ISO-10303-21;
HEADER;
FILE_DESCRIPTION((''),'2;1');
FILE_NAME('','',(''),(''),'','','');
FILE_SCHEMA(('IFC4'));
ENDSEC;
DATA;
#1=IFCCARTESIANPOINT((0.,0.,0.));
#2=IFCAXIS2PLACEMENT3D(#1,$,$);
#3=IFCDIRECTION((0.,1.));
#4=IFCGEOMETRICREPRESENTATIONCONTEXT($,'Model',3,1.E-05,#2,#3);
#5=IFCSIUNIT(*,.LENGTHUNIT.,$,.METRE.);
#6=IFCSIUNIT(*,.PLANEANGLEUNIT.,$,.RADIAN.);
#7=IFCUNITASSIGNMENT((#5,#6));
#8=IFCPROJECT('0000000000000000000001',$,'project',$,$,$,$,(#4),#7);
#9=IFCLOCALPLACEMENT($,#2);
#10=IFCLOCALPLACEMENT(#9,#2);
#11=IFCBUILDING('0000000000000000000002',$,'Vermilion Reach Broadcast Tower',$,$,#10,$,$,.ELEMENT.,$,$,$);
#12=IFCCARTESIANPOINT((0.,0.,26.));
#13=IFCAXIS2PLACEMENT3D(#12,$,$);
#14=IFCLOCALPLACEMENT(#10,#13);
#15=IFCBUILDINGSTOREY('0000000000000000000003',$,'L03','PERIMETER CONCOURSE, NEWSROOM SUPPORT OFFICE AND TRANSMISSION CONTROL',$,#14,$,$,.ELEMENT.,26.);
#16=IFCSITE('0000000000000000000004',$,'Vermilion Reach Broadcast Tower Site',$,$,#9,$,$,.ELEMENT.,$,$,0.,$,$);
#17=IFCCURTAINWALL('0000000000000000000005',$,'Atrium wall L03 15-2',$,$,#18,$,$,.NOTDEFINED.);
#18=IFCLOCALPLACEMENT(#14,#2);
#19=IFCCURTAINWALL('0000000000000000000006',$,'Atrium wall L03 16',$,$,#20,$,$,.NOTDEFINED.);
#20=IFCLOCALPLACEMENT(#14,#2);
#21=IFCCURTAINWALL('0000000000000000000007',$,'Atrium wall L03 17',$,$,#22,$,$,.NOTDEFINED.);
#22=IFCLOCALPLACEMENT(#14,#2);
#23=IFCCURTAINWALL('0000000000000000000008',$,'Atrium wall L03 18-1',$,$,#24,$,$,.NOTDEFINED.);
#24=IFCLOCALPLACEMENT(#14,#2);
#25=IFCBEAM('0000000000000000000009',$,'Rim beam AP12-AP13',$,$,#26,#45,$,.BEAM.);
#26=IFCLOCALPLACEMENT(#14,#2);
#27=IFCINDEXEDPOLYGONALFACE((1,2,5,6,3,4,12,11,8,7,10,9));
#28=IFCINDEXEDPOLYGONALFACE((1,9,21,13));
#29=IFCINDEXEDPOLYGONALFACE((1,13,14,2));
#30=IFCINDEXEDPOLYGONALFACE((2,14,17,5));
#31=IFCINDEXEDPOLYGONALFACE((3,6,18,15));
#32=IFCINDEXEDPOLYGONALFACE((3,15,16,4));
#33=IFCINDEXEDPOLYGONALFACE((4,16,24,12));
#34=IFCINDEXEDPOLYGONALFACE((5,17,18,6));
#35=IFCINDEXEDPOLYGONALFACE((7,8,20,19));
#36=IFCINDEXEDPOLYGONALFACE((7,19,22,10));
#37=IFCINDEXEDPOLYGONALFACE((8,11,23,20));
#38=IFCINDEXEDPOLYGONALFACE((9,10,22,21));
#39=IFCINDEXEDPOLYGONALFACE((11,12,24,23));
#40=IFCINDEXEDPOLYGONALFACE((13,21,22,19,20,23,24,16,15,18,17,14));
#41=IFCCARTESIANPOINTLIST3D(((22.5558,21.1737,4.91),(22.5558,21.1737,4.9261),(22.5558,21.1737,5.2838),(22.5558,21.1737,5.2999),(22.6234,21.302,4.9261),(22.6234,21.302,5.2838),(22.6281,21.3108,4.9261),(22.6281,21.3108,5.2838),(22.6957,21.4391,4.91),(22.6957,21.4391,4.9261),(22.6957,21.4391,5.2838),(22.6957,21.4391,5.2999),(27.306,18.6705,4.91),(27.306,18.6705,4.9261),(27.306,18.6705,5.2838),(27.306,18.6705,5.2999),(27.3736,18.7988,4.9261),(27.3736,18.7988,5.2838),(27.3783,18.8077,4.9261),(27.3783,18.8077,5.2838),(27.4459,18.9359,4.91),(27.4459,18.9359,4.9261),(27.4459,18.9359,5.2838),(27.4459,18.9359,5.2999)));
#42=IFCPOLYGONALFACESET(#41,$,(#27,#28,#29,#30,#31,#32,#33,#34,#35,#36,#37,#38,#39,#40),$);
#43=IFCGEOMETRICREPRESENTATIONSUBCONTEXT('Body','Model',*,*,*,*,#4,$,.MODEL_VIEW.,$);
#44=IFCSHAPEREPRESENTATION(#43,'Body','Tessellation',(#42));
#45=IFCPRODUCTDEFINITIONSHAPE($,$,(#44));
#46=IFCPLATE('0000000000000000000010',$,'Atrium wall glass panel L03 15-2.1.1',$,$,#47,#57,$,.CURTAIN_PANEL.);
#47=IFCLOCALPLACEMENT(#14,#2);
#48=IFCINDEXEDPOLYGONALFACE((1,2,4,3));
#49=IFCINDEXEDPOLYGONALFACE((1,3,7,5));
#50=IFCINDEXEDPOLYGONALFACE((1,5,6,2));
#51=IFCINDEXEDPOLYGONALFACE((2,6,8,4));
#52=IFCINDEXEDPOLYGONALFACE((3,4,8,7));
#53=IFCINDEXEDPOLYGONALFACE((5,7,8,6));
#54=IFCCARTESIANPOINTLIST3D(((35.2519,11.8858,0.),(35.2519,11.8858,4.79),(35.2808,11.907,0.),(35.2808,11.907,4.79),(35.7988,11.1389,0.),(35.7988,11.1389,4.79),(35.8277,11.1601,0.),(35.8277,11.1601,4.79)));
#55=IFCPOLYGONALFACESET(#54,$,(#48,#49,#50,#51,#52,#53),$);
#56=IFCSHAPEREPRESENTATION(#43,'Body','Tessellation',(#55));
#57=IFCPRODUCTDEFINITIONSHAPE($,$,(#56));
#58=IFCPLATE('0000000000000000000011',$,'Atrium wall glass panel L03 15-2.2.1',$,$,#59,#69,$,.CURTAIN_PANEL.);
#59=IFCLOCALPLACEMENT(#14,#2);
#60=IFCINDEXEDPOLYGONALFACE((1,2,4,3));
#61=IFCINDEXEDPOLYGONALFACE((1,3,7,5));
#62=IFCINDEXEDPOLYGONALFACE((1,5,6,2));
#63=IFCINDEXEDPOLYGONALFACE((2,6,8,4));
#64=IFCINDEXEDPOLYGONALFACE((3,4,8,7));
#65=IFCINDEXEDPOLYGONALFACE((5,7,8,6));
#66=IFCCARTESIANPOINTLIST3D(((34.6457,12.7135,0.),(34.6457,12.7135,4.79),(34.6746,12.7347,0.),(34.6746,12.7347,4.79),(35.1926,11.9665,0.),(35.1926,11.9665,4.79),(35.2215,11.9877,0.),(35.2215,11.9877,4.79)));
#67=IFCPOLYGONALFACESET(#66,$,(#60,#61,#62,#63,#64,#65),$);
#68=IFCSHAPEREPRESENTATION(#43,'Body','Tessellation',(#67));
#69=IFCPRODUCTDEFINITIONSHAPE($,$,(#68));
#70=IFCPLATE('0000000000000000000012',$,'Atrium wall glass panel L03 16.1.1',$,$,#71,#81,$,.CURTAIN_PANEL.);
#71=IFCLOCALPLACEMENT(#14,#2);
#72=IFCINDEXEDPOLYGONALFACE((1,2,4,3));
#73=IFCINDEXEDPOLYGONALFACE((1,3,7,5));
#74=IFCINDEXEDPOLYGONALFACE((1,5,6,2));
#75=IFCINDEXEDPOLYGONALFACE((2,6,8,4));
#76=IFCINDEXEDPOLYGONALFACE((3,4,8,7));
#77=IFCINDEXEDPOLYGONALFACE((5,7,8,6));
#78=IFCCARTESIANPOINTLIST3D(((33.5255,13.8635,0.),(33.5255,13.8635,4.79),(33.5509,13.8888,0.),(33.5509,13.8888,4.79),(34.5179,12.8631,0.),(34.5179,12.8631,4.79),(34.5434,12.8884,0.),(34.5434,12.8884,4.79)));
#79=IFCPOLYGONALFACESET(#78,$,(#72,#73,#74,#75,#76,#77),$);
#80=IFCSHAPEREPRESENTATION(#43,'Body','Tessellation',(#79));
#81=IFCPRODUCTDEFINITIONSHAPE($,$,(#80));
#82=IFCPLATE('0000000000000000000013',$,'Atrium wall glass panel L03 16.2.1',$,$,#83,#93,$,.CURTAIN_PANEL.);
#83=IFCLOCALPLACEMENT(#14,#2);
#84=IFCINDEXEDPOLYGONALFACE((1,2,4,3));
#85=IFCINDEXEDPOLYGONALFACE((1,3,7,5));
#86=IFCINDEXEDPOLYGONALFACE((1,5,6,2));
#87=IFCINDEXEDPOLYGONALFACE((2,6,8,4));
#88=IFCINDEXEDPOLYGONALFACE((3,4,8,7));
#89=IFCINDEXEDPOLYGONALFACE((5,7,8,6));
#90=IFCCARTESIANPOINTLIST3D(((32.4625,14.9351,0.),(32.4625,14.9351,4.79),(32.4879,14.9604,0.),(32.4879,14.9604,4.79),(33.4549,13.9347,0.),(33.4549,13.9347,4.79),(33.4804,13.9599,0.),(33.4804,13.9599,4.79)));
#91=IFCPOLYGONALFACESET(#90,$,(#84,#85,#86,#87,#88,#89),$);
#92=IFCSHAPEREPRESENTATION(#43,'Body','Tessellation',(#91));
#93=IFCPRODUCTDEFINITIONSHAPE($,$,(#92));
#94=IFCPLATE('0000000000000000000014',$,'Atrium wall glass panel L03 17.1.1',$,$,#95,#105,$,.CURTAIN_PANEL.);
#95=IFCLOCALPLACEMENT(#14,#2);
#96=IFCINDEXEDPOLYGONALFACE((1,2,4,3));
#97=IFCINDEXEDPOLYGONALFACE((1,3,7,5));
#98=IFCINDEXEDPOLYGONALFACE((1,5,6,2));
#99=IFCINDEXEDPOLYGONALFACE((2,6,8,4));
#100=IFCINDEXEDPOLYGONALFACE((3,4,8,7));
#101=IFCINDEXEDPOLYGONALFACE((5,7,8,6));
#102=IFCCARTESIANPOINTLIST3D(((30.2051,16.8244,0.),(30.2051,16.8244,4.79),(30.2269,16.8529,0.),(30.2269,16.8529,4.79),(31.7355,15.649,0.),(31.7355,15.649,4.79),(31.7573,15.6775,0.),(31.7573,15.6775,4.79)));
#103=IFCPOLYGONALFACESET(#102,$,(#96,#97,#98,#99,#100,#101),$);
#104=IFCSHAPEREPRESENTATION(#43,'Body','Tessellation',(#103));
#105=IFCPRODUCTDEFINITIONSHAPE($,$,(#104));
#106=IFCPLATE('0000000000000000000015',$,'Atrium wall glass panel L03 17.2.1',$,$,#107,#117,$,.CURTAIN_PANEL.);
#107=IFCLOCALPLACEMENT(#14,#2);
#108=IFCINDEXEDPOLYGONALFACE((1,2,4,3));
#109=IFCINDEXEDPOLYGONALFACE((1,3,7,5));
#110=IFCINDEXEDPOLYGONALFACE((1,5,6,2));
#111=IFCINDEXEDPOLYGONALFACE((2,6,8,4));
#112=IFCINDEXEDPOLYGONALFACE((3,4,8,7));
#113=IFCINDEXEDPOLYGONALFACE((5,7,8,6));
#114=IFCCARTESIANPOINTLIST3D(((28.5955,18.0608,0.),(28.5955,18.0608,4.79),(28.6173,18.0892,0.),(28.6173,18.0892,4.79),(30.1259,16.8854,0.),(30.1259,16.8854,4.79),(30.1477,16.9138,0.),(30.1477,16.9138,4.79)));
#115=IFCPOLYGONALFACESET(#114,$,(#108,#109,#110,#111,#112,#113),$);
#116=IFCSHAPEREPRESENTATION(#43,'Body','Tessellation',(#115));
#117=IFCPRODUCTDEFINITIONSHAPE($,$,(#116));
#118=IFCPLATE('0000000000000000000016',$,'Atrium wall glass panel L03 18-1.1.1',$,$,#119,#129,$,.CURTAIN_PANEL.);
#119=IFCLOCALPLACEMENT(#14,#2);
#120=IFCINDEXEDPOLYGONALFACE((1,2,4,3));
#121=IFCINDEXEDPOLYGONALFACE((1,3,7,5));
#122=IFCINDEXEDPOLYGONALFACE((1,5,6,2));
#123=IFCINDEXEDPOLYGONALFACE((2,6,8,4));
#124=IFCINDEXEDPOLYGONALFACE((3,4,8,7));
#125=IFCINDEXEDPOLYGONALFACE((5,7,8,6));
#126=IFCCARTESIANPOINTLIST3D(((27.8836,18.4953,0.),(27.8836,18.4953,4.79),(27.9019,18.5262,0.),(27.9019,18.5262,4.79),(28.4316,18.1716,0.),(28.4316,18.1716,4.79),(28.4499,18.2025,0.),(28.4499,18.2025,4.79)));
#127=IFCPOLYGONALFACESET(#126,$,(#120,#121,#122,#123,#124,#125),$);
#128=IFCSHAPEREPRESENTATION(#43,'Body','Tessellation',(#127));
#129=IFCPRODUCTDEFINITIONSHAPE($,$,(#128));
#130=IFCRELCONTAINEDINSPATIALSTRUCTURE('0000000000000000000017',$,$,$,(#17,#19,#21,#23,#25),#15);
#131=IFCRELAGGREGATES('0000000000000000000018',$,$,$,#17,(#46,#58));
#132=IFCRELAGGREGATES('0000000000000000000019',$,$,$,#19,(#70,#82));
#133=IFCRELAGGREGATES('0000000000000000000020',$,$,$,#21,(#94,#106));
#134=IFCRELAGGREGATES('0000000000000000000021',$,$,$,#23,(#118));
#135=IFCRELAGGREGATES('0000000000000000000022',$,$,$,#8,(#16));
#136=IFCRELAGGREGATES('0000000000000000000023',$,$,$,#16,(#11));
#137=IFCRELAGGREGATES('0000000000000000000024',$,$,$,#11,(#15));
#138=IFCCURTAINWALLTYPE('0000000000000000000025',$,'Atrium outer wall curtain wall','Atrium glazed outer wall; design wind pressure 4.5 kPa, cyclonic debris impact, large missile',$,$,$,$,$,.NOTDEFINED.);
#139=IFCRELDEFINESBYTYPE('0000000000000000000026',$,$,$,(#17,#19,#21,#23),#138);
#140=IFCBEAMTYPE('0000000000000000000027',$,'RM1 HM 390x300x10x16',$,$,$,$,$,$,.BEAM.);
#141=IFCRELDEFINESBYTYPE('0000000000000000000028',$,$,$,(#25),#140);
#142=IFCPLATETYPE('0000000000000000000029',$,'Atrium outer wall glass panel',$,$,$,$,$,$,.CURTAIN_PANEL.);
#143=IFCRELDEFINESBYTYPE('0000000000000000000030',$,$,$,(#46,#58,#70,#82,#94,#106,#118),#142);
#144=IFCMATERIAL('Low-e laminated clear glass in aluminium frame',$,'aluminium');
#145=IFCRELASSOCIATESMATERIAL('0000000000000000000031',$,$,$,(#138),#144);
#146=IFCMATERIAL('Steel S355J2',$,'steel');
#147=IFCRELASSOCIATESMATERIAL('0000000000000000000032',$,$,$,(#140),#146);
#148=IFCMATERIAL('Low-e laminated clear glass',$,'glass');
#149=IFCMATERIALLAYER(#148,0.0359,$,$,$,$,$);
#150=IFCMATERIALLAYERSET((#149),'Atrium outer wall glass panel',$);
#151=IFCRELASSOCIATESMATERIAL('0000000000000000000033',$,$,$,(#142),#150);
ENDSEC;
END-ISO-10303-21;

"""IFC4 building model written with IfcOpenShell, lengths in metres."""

from ifc_helpers import new_model, si_unit, direction, frame, origin, origin_2d, place, context, subcontext, project, spatial, rectangle, i_section, extrude, material, layer, layer_set, material_profile, profile_set, type_object, element, aggregate, save


model = new_model("IFC4")

# Units and contexts
model_context = context("Model", 3, precision=1e-05, world=origin(), true_north=direction((0.0, 1.0)))
body_context = subcontext(model_context, "Body", "Model", "MODEL_VIEW")
ifc_project = project(units=[si_unit("LENGTHUNIT", "METRE"), si_unit("PLANEANGLEUNIT", "RADIAN")], contexts=[model_context])

# Site, building, storey
site_placement = place(None, origin())
site = spatial("IfcSite", under=ifc_project, at=site_placement, Name="Vermilion Reach Broadcast Tower Site", CompositionType="ELEMENT", RefElevation=0.0)
building_placement = place(site_placement, origin())
building = spatial("IfcBuilding", under=site, at=building_placement, Name="Vermilion Reach Broadcast Tower", CompositionType="ELEMENT")
storey_placement = place(building_placement, frame((0.0, 0.0, 26.0)))
storey = spatial("IfcBuildingStorey", under=building, at=storey_placement, Name="L03", Description="PERIMETER CONCOURSE, NEWSROOM SUPPORT OFFICE AND TRANSMISSION CONTROL", CompositionType="ELEMENT", Elevation=26.0)

# Shared definitions
ifc_material_1 = material(Name="Low-e laminated clear glass in aluminium frame", Category="aluminium")
curtain_wall_type = type_object("IfcCurtainWallType", Name="Atrium outer wall curtain wall", Description="Atrium glazed outer wall; design wind pressure 4.5 kPa, cyclonic debris impact, large missile", PredefinedType="NOTDEFINED", material=ifc_material_1)
placement = place(storey_placement, origin())

# Curtain walls
curtain_wall_1 = element("IfcCurtainWall", 1, at=placement, inside=storey, type_object=curtain_wall_type, Name="Atrium wall L03 15-2", PredefinedType="NOTDEFINED")
curtain_wall_2 = element("IfcCurtainWall", 2, at=placement, inside=storey, type_object=curtain_wall_type, Name="Atrium wall L03 16", PredefinedType="NOTDEFINED")
curtain_wall_3 = element("IfcCurtainWall", 3, at=placement, inside=storey, type_object=curtain_wall_type, Name="Atrium wall L03 17", PredefinedType="NOTDEFINED")
curtain_wall_4 = element("IfcCurtainWall", 4, at=placement, inside=storey, type_object=curtain_wall_type, Name="Atrium wall L03 18-1", PredefinedType="NOTDEFINED")

# Beam
ifc_material_2 = material(Name="Steel S355J2", Category="steel")
ifc_material_profile_1 = material_profile(ifc_material_2, i_section(OverallWidth=0.3, OverallDepth=0.3899, WebThickness=0.01, FlangeThickness=0.0161, at=origin_2d()), Name="S355J2 HM 390x300x10x16")
ifc_profile_set_1 = profile_set([ifc_material_profile_1], Name="Steel S355J2")
beam_type = type_object("IfcBeamType", Name="RM1 HM 390x300x10x16", PredefinedType="BEAM", material=ifc_profile_set_1)
beam_1_placement = place(storey_placement, frame((27.376, 18.8032, 5.105), z_axis=(-0.884684, 0.466191, 0.0), x_axis=(-0.466191, -0.884684, 0.0)))
element("IfcBeam", 5, at=beam_1_placement, inside=storey, type_object=beam_type, Name="Rim beam AP12-AP13", PredefinedType="BEAM", context=body_context, shape_type="SweptSolid", body=[
    extrude(i_section(OverallWidth=0.3, OverallDepth=0.3899, WebThickness=0.01, FlangeThickness=0.0161, at=origin_2d()), origin(), (0.0, 0.0, 1.0), 5.3694),
])

# Plates
ifc_material_3 = material(Name="Low-e laminated clear glass", Category="glass")
ifc_layer = layer(ifc_material_3, 0.0359)
ifc_layer_set = layer_set([ifc_layer], Name="Atrium outer wall glass panel")
plate_type = type_object("IfcPlateType", Name="Atrium outer wall glass panel", PredefinedType="CURTAIN_PANEL", material=ifc_layer_set)
plate_1_placement = place(storey_placement, frame((35.5398, 11.5229, 0.0), z_axis=(0.0, 0.0, 1.0), x_axis=(-0.59076, 0.806847, 0.0)))
plate_1 = element("IfcPlate", 6, at=plate_1_placement, type_object=plate_type, Name="Atrium wall glass panel L03 15-2.1.1", PredefinedType="CURTAIN_PANEL", context=body_context, shape_type="SweptSolid", body=[
    extrude(rectangle(XDim=0.9258, YDim=0.0359, at=origin_2d()), origin(), (0.0, 0.0, 1.0), 4.79),
])
plate_2_placement = place(storey_placement, frame((34.9336, 12.3506, 0.0), z_axis=(0.0, 0.0, 1.0), x_axis=(-0.59076, 0.806847, 0.0)))
plate_2 = element("IfcPlate", 7, at=plate_2_placement, type_object=plate_type, Name="Atrium wall glass panel L03 15-2.2.1", PredefinedType="CURTAIN_PANEL", context=body_context, shape_type="SweptSolid", body=[
    extrude(rectangle(XDim=0.9258, YDim=0.0359, at=origin_2d()), origin(), (0.0, 0.0, 1.0), 4.79),
])
aggregate(curtain_wall_1, [plate_1, plate_2])
plate_3_placement = place(storey_placement, frame((34.0344, 13.376, 0.0), z_axis=(0.0, 0.0, 1.0), x_axis=(-0.704276, 0.709926, 0.0)))
plate_3 = element("IfcPlate", 8, at=plate_3_placement, type_object=plate_type, Name="Atrium wall glass panel L03 16.1.1", PredefinedType="CURTAIN_PANEL", context=body_context, shape_type="SweptSolid", body=[
    extrude(rectangle(XDim=1.4092, YDim=0.0359, at=origin_2d()), origin(), (0.0, 0.0, 1.0), 4.79),
])
plate_4_placement = place(storey_placement, frame((32.9714, 14.4475, 0.0), z_axis=(0.0, 0.0, 1.0), x_axis=(-0.704276, 0.709926, 0.0)))
plate_4 = element("IfcPlate", 9, at=plate_4_placement, type_object=plate_type, Name="Atrium wall glass panel L03 16.2.1", PredefinedType="CURTAIN_PANEL", context=body_context, shape_type="SweptSolid", body=[
    extrude(rectangle(XDim=1.4092, YDim=0.0359, at=origin_2d()), origin(), (0.0, 0.0, 1.0), 4.79),
])
aggregate(curtain_wall_2, [plate_3, plate_4])
plate_5_placement = place(storey_placement, frame((30.9812, 16.251, 0.0), z_axis=(0.0, 0.0, 1.0), x_axis=(-0.793083, 0.609114, 0.0)))
plate_5 = element("IfcPlate", 10, at=plate_5_placement, type_object=plate_type, Name="Atrium wall glass panel L03 17.1.1", PredefinedType="CURTAIN_PANEL", context=body_context, shape_type="SweptSolid", body=[
    extrude(rectangle(XDim=1.9297, YDim=0.0359, at=origin_2d()), origin(), (0.0, 0.0, 1.0), 4.79),
])
plate_6_placement = place(storey_placement, frame((29.3716, 17.4873, 0.0), z_axis=(0.0, 0.0, 1.0), x_axis=(-0.793083, 0.609114, 0.0)))
plate_6 = element("IfcPlate", 11, at=plate_6_placement, type_object=plate_type, Name="Atrium wall glass panel L03 17.2.1", PredefinedType="CURTAIN_PANEL", context=body_context, shape_type="SweptSolid", body=[
    extrude(rectangle(XDim=1.9297, YDim=0.0359, at=origin_2d()), origin(), (0.0, 0.0, 1.0), 4.79),
])
aggregate(curtain_wall_3, [plate_5, plate_6])
plate_7_placement = place(storey_placement, frame((28.1667, 18.3489, 0.0), z_axis=(0.0, 0.0, 1.0), x_axis=(-0.861009, 0.50859, 0.0)))
plate_7 = element("IfcPlate", 12, at=plate_7_placement, type_object=plate_type, Name="Atrium wall glass panel L03 18-1.1.1", PredefinedType="CURTAIN_PANEL", context=body_context, shape_type="SweptSolid", body=[
    extrude(rectangle(XDim=0.6365, YDim=0.0359, at=origin_2d()), origin(), (0.0, 0.0, 1.0), 4.79),
])
aggregate(curtain_wall_4, [plate_7])

save(model, "model.ifc")
